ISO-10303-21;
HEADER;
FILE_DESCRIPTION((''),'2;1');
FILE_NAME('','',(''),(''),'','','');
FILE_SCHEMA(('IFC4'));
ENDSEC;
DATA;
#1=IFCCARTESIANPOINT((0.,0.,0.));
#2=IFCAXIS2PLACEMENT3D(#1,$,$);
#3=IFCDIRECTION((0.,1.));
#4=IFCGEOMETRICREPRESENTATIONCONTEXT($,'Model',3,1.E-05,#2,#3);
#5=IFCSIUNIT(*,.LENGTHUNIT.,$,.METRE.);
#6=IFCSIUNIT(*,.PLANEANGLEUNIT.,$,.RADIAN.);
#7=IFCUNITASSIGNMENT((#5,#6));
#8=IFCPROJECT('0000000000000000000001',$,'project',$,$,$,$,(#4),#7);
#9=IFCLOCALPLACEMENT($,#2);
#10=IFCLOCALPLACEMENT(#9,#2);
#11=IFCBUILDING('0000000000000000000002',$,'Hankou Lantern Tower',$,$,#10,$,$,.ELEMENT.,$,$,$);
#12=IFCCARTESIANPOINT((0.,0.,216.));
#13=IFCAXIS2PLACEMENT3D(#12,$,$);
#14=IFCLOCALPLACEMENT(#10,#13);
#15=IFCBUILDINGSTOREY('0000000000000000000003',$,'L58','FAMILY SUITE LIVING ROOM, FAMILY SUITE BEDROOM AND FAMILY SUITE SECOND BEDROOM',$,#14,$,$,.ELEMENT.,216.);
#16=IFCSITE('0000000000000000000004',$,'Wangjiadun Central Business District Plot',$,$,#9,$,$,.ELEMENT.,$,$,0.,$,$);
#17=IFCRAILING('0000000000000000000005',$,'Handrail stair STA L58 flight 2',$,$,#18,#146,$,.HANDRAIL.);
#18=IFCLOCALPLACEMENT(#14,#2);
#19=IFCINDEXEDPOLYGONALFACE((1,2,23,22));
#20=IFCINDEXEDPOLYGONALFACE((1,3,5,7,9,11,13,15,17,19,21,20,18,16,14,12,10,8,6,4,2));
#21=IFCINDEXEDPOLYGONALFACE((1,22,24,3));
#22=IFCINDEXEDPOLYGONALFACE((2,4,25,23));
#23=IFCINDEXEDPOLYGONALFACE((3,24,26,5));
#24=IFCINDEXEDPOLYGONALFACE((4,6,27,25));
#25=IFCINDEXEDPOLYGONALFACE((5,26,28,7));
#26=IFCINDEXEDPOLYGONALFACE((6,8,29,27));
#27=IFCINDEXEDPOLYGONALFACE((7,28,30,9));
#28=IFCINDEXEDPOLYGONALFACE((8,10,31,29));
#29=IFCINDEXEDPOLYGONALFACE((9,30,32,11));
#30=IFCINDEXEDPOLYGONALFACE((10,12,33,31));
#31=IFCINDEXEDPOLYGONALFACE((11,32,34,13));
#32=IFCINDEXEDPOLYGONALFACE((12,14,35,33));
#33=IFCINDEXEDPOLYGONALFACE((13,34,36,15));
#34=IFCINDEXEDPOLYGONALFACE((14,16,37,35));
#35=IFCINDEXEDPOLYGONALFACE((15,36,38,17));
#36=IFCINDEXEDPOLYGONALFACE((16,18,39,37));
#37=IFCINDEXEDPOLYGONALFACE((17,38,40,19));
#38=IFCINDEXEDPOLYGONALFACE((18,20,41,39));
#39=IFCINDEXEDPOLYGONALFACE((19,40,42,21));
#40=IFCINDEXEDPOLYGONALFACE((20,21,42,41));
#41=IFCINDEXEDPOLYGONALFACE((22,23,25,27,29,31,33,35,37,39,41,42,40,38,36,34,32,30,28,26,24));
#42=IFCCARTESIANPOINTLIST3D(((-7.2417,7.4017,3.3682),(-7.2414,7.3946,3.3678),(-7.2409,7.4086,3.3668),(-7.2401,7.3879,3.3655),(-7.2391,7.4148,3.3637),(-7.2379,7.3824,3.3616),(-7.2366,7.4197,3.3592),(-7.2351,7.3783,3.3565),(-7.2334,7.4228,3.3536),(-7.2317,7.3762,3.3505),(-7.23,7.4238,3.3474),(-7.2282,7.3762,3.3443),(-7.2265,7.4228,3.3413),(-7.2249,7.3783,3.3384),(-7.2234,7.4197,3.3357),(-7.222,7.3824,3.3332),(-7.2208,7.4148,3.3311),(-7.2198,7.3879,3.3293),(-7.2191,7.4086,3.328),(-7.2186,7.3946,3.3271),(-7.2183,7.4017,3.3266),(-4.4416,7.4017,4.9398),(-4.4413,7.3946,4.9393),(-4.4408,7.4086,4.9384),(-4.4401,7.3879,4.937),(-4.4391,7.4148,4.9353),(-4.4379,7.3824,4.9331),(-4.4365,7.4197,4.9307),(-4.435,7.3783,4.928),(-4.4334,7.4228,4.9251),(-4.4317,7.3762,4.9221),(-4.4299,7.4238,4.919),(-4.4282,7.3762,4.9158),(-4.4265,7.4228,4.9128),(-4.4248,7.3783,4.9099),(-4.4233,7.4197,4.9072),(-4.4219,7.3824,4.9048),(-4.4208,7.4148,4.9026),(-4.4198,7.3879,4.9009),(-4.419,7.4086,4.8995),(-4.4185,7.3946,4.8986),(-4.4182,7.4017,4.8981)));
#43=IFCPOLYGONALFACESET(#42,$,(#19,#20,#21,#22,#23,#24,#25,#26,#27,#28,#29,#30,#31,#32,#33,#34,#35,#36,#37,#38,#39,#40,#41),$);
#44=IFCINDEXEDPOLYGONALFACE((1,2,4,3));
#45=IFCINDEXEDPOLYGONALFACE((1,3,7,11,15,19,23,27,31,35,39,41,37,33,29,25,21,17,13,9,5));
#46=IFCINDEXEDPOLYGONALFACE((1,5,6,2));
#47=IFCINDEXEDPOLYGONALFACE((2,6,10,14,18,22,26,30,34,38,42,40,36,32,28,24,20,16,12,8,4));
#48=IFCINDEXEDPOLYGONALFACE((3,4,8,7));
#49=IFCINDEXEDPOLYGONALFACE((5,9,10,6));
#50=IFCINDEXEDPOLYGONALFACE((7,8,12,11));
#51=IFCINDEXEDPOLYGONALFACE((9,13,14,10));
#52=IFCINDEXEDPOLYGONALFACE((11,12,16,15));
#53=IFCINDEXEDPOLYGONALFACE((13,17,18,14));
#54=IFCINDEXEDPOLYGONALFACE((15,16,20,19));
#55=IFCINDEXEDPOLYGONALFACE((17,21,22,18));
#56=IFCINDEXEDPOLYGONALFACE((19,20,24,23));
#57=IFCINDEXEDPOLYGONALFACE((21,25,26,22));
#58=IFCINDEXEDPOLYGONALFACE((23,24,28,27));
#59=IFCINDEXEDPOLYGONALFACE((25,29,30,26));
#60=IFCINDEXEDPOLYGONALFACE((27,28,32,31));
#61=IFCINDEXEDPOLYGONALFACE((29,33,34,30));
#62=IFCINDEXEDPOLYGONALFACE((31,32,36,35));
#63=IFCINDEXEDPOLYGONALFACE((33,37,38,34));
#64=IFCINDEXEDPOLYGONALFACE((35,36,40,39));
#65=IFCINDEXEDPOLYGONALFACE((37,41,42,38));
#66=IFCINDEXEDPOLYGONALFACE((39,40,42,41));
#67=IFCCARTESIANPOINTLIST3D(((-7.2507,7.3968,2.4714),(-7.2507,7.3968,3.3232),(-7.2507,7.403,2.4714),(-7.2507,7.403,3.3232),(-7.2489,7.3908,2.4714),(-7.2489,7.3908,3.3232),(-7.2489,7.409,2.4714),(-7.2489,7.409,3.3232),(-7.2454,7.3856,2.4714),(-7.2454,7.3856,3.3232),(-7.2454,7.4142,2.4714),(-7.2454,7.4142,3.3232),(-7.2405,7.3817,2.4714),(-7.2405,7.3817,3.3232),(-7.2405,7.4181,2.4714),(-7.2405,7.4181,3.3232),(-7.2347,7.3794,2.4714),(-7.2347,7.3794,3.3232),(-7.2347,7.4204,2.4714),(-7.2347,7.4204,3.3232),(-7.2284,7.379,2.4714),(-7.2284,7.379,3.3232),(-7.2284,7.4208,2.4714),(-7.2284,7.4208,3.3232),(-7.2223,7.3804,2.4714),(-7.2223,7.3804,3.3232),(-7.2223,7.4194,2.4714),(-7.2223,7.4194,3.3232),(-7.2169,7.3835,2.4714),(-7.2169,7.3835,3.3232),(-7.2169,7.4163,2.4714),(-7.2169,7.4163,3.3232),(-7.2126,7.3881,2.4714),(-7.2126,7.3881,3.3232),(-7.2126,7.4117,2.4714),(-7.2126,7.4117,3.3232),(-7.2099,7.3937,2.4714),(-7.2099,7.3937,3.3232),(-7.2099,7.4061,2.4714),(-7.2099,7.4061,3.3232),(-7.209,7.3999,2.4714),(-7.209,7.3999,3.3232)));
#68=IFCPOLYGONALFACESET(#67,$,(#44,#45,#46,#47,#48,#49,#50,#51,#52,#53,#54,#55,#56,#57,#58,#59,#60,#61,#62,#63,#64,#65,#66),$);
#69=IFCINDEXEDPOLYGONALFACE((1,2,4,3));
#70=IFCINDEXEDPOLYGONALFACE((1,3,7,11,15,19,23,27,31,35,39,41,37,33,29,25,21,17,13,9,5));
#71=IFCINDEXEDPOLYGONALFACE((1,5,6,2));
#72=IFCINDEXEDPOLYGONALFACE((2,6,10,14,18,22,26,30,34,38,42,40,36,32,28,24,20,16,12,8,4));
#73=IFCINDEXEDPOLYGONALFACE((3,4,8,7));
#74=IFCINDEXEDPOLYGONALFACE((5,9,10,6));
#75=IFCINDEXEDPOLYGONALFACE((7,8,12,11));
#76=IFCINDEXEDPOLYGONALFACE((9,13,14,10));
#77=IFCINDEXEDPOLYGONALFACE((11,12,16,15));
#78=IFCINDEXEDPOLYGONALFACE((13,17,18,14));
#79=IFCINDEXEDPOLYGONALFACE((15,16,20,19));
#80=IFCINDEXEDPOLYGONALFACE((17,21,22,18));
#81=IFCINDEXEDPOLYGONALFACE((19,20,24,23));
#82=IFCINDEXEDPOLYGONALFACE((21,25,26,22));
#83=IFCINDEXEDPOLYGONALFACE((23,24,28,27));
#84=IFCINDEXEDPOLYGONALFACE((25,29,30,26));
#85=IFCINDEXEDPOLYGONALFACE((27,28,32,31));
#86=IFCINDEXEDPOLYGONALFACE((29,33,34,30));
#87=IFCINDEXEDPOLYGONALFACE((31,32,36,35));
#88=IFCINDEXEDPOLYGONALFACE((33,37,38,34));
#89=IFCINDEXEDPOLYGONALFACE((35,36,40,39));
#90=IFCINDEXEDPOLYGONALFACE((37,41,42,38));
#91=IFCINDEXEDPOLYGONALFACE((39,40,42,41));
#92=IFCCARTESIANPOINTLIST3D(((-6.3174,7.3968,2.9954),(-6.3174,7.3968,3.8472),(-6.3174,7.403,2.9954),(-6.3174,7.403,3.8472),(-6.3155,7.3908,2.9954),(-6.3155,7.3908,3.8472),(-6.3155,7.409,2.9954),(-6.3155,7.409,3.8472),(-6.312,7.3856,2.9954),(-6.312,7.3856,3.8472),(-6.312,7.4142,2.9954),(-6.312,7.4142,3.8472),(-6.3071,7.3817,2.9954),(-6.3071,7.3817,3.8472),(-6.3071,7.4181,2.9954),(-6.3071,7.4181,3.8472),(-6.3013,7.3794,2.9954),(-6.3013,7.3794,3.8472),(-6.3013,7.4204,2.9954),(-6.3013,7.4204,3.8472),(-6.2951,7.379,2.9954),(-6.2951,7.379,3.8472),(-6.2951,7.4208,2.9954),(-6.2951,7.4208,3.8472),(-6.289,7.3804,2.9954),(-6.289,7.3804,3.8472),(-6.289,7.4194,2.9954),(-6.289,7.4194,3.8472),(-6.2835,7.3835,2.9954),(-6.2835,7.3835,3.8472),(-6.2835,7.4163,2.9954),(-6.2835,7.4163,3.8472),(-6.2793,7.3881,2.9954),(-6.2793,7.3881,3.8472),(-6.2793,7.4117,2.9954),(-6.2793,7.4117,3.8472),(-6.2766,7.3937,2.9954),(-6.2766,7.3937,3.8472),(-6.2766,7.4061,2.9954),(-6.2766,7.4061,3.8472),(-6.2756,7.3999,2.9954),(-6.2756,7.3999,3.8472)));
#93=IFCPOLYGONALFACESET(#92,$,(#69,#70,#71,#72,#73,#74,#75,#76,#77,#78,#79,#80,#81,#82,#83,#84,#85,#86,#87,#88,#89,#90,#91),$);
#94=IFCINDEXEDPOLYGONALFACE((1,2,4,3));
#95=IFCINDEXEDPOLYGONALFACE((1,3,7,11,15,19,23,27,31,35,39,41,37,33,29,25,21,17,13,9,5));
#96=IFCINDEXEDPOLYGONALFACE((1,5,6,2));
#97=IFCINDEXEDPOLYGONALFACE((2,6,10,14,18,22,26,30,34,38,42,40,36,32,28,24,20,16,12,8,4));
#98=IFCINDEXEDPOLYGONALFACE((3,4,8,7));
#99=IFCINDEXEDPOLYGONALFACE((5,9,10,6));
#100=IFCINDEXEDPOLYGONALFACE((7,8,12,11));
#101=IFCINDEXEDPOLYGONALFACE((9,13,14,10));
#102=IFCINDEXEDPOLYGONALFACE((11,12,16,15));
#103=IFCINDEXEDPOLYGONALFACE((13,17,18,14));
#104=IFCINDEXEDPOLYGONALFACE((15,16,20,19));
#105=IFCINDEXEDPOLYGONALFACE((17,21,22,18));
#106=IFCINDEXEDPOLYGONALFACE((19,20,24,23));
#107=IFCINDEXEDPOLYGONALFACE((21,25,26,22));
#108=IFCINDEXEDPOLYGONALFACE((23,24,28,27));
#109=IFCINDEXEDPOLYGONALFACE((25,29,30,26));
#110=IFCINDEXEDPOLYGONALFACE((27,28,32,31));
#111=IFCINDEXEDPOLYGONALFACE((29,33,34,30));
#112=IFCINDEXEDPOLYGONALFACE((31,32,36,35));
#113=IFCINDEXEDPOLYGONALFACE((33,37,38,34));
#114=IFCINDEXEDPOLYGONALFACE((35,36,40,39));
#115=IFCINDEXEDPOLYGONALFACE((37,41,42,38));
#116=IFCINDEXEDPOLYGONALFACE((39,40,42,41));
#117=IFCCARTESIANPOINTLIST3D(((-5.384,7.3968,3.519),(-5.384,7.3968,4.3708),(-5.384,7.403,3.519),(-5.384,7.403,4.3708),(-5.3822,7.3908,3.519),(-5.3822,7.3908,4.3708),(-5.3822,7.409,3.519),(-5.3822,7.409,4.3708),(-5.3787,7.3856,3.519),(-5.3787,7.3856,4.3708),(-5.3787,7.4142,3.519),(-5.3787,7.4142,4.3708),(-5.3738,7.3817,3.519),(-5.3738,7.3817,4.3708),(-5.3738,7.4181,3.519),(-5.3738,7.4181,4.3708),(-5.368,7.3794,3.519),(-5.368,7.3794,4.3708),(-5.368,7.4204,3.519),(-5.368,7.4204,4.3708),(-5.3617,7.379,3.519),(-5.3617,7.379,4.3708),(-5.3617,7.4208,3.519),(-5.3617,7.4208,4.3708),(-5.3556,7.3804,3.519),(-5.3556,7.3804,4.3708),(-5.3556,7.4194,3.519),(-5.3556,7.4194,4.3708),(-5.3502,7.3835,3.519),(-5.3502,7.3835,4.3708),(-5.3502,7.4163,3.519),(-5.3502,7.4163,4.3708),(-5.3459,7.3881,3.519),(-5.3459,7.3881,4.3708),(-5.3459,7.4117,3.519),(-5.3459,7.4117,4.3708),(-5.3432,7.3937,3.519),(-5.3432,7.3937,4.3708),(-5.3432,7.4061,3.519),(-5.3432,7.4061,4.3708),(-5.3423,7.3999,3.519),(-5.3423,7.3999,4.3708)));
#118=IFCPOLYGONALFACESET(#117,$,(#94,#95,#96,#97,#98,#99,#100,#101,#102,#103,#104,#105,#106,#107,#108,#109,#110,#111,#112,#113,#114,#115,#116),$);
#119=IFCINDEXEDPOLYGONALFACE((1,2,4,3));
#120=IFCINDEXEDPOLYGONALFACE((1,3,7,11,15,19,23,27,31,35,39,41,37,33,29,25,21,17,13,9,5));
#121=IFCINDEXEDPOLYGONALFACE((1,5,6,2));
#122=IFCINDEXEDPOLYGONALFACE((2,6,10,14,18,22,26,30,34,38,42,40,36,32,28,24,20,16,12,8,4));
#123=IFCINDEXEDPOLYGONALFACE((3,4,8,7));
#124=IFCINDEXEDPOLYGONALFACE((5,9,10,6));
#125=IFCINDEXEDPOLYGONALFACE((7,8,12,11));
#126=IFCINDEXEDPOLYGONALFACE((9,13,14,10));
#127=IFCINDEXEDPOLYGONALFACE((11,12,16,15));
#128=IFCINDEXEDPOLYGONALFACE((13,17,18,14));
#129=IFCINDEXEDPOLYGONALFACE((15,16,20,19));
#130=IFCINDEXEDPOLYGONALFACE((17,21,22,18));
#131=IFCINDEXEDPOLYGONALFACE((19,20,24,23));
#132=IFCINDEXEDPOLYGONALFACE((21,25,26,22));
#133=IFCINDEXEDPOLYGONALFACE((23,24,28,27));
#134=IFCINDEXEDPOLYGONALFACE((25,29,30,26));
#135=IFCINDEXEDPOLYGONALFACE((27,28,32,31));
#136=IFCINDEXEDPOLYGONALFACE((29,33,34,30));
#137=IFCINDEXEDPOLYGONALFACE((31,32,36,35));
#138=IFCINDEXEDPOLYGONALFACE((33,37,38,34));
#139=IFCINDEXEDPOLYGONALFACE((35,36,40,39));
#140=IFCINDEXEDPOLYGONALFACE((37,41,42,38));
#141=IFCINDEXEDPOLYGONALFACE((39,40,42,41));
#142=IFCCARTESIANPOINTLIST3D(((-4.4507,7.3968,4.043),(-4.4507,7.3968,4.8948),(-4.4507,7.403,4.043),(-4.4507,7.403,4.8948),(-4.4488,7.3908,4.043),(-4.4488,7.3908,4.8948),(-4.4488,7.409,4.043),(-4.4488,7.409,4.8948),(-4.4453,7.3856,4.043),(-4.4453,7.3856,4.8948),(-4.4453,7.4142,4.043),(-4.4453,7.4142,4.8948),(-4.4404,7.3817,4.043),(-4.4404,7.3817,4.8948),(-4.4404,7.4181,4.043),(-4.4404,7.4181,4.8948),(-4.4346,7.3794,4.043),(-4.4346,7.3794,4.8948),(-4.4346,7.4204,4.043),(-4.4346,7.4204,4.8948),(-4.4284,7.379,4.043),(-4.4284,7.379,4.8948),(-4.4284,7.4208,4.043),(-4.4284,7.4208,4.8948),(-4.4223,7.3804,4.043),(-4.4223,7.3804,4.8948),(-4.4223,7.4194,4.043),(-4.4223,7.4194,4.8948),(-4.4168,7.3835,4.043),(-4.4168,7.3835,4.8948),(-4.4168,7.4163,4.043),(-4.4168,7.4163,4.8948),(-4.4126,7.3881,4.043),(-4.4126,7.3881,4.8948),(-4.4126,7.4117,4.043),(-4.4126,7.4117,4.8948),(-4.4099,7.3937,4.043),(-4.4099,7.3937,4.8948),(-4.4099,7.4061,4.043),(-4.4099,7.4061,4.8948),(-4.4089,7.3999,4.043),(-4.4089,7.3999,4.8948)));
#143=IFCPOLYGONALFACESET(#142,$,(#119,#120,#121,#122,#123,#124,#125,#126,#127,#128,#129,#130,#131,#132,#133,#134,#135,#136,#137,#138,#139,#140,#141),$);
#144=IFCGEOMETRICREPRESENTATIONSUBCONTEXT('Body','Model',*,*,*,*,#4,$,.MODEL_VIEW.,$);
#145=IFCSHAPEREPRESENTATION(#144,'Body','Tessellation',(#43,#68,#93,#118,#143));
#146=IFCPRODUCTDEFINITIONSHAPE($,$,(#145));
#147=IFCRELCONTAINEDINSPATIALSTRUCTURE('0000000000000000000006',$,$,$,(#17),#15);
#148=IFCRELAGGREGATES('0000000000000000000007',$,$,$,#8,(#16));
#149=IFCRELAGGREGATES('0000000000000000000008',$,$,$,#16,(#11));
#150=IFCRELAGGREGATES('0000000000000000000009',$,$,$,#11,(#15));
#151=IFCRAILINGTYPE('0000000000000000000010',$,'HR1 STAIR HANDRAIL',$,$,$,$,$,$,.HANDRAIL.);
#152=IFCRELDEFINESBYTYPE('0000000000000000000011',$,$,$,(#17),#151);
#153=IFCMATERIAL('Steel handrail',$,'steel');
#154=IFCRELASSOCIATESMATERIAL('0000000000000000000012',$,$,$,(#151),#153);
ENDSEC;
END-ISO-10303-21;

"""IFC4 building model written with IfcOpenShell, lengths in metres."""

from ifc_helpers import new_model, si_unit, direction, frame, origin, origin_2d, place, context, subcontext, project, spatial, circle, extrude, material, type_object, element, save


model = new_model("IFC4")

# Units and contexts
model_context = context("Model", 3, precision=1e-05, world=origin(), true_north=direction((0.0, 1.0)))
body_context = subcontext(model_context, "Body", "Model", "MODEL_VIEW")
ifc_project = project(units=[si_unit("LENGTHUNIT", "METRE"), si_unit("PLANEANGLEUNIT", "RADIAN")], contexts=[model_context])

# Site, building, storey
site_placement = place(None, origin())
site = spatial("IfcSite", under=ifc_project, at=site_placement, Name="Wangjiadun Central Business District Plot", CompositionType="ELEMENT", RefElevation=0.0)
building_placement = place(site_placement, origin())
building = spatial("IfcBuilding", under=site, at=building_placement, Name="Hankou Lantern Tower", CompositionType="ELEMENT")
storey_placement = place(building_placement, frame((0.0, 0.0, 216.0)))
storey = spatial("IfcBuildingStorey", under=building, at=storey_placement, Name="L58", Description="FAMILY SUITE LIVING ROOM, FAMILY SUITE BEDROOM AND FAMILY SUITE SECOND BEDROOM", CompositionType="ELEMENT", Elevation=216.0)

# Railing
ifc_material_1 = material(Name="Steel handrail", Category="steel")
railing_type = type_object("IfcRailingType", Name="HR1 STAIR HANDRAIL", PredefinedType="HANDRAIL", material=ifc_material_1)
railing_1_placement = place(storey_placement, frame((-7.23, 7.3999, 2.4714)))
element("IfcRailing", 1, at=railing_1_placement, inside=storey, type_object=railing_type, Name="Handrail stair STA L58 flight 2", PredefinedType="HANDRAIL", context=body_context, shape_type="SweptSolid", body=[
    extrude(circle(Radius=0.0239, at=origin_2d()), frame((0.0, 0.0, 0.876), z_axis=(0.87204, 0.0, 0.489434), x_axis=(0.0, 1.0, 0.0)), (0.0, 0.0, 1.0), 3.2109),
    extrude(circle(Radius=0.021, at=origin_2d()), origin(), (0.0, 0.0, 1.0), 0.8518),
    extrude(circle(Radius=0.021, at=origin_2d()), frame((0.9333, 0.0, 0.5239)), (0.0, 0.0, 1.0), 0.8518),
    extrude(circle(Radius=0.021, at=origin_2d()), frame((1.8667, 0.0, 1.0476)), (0.0, 0.0, 1.0), 0.8518),
    extrude(circle(Radius=0.021, at=origin_2d()), frame((2.8, 0.0, 1.5715)), (0.0, 0.0, 1.0), 0.8518),
])

save(model, "model.ifc")
